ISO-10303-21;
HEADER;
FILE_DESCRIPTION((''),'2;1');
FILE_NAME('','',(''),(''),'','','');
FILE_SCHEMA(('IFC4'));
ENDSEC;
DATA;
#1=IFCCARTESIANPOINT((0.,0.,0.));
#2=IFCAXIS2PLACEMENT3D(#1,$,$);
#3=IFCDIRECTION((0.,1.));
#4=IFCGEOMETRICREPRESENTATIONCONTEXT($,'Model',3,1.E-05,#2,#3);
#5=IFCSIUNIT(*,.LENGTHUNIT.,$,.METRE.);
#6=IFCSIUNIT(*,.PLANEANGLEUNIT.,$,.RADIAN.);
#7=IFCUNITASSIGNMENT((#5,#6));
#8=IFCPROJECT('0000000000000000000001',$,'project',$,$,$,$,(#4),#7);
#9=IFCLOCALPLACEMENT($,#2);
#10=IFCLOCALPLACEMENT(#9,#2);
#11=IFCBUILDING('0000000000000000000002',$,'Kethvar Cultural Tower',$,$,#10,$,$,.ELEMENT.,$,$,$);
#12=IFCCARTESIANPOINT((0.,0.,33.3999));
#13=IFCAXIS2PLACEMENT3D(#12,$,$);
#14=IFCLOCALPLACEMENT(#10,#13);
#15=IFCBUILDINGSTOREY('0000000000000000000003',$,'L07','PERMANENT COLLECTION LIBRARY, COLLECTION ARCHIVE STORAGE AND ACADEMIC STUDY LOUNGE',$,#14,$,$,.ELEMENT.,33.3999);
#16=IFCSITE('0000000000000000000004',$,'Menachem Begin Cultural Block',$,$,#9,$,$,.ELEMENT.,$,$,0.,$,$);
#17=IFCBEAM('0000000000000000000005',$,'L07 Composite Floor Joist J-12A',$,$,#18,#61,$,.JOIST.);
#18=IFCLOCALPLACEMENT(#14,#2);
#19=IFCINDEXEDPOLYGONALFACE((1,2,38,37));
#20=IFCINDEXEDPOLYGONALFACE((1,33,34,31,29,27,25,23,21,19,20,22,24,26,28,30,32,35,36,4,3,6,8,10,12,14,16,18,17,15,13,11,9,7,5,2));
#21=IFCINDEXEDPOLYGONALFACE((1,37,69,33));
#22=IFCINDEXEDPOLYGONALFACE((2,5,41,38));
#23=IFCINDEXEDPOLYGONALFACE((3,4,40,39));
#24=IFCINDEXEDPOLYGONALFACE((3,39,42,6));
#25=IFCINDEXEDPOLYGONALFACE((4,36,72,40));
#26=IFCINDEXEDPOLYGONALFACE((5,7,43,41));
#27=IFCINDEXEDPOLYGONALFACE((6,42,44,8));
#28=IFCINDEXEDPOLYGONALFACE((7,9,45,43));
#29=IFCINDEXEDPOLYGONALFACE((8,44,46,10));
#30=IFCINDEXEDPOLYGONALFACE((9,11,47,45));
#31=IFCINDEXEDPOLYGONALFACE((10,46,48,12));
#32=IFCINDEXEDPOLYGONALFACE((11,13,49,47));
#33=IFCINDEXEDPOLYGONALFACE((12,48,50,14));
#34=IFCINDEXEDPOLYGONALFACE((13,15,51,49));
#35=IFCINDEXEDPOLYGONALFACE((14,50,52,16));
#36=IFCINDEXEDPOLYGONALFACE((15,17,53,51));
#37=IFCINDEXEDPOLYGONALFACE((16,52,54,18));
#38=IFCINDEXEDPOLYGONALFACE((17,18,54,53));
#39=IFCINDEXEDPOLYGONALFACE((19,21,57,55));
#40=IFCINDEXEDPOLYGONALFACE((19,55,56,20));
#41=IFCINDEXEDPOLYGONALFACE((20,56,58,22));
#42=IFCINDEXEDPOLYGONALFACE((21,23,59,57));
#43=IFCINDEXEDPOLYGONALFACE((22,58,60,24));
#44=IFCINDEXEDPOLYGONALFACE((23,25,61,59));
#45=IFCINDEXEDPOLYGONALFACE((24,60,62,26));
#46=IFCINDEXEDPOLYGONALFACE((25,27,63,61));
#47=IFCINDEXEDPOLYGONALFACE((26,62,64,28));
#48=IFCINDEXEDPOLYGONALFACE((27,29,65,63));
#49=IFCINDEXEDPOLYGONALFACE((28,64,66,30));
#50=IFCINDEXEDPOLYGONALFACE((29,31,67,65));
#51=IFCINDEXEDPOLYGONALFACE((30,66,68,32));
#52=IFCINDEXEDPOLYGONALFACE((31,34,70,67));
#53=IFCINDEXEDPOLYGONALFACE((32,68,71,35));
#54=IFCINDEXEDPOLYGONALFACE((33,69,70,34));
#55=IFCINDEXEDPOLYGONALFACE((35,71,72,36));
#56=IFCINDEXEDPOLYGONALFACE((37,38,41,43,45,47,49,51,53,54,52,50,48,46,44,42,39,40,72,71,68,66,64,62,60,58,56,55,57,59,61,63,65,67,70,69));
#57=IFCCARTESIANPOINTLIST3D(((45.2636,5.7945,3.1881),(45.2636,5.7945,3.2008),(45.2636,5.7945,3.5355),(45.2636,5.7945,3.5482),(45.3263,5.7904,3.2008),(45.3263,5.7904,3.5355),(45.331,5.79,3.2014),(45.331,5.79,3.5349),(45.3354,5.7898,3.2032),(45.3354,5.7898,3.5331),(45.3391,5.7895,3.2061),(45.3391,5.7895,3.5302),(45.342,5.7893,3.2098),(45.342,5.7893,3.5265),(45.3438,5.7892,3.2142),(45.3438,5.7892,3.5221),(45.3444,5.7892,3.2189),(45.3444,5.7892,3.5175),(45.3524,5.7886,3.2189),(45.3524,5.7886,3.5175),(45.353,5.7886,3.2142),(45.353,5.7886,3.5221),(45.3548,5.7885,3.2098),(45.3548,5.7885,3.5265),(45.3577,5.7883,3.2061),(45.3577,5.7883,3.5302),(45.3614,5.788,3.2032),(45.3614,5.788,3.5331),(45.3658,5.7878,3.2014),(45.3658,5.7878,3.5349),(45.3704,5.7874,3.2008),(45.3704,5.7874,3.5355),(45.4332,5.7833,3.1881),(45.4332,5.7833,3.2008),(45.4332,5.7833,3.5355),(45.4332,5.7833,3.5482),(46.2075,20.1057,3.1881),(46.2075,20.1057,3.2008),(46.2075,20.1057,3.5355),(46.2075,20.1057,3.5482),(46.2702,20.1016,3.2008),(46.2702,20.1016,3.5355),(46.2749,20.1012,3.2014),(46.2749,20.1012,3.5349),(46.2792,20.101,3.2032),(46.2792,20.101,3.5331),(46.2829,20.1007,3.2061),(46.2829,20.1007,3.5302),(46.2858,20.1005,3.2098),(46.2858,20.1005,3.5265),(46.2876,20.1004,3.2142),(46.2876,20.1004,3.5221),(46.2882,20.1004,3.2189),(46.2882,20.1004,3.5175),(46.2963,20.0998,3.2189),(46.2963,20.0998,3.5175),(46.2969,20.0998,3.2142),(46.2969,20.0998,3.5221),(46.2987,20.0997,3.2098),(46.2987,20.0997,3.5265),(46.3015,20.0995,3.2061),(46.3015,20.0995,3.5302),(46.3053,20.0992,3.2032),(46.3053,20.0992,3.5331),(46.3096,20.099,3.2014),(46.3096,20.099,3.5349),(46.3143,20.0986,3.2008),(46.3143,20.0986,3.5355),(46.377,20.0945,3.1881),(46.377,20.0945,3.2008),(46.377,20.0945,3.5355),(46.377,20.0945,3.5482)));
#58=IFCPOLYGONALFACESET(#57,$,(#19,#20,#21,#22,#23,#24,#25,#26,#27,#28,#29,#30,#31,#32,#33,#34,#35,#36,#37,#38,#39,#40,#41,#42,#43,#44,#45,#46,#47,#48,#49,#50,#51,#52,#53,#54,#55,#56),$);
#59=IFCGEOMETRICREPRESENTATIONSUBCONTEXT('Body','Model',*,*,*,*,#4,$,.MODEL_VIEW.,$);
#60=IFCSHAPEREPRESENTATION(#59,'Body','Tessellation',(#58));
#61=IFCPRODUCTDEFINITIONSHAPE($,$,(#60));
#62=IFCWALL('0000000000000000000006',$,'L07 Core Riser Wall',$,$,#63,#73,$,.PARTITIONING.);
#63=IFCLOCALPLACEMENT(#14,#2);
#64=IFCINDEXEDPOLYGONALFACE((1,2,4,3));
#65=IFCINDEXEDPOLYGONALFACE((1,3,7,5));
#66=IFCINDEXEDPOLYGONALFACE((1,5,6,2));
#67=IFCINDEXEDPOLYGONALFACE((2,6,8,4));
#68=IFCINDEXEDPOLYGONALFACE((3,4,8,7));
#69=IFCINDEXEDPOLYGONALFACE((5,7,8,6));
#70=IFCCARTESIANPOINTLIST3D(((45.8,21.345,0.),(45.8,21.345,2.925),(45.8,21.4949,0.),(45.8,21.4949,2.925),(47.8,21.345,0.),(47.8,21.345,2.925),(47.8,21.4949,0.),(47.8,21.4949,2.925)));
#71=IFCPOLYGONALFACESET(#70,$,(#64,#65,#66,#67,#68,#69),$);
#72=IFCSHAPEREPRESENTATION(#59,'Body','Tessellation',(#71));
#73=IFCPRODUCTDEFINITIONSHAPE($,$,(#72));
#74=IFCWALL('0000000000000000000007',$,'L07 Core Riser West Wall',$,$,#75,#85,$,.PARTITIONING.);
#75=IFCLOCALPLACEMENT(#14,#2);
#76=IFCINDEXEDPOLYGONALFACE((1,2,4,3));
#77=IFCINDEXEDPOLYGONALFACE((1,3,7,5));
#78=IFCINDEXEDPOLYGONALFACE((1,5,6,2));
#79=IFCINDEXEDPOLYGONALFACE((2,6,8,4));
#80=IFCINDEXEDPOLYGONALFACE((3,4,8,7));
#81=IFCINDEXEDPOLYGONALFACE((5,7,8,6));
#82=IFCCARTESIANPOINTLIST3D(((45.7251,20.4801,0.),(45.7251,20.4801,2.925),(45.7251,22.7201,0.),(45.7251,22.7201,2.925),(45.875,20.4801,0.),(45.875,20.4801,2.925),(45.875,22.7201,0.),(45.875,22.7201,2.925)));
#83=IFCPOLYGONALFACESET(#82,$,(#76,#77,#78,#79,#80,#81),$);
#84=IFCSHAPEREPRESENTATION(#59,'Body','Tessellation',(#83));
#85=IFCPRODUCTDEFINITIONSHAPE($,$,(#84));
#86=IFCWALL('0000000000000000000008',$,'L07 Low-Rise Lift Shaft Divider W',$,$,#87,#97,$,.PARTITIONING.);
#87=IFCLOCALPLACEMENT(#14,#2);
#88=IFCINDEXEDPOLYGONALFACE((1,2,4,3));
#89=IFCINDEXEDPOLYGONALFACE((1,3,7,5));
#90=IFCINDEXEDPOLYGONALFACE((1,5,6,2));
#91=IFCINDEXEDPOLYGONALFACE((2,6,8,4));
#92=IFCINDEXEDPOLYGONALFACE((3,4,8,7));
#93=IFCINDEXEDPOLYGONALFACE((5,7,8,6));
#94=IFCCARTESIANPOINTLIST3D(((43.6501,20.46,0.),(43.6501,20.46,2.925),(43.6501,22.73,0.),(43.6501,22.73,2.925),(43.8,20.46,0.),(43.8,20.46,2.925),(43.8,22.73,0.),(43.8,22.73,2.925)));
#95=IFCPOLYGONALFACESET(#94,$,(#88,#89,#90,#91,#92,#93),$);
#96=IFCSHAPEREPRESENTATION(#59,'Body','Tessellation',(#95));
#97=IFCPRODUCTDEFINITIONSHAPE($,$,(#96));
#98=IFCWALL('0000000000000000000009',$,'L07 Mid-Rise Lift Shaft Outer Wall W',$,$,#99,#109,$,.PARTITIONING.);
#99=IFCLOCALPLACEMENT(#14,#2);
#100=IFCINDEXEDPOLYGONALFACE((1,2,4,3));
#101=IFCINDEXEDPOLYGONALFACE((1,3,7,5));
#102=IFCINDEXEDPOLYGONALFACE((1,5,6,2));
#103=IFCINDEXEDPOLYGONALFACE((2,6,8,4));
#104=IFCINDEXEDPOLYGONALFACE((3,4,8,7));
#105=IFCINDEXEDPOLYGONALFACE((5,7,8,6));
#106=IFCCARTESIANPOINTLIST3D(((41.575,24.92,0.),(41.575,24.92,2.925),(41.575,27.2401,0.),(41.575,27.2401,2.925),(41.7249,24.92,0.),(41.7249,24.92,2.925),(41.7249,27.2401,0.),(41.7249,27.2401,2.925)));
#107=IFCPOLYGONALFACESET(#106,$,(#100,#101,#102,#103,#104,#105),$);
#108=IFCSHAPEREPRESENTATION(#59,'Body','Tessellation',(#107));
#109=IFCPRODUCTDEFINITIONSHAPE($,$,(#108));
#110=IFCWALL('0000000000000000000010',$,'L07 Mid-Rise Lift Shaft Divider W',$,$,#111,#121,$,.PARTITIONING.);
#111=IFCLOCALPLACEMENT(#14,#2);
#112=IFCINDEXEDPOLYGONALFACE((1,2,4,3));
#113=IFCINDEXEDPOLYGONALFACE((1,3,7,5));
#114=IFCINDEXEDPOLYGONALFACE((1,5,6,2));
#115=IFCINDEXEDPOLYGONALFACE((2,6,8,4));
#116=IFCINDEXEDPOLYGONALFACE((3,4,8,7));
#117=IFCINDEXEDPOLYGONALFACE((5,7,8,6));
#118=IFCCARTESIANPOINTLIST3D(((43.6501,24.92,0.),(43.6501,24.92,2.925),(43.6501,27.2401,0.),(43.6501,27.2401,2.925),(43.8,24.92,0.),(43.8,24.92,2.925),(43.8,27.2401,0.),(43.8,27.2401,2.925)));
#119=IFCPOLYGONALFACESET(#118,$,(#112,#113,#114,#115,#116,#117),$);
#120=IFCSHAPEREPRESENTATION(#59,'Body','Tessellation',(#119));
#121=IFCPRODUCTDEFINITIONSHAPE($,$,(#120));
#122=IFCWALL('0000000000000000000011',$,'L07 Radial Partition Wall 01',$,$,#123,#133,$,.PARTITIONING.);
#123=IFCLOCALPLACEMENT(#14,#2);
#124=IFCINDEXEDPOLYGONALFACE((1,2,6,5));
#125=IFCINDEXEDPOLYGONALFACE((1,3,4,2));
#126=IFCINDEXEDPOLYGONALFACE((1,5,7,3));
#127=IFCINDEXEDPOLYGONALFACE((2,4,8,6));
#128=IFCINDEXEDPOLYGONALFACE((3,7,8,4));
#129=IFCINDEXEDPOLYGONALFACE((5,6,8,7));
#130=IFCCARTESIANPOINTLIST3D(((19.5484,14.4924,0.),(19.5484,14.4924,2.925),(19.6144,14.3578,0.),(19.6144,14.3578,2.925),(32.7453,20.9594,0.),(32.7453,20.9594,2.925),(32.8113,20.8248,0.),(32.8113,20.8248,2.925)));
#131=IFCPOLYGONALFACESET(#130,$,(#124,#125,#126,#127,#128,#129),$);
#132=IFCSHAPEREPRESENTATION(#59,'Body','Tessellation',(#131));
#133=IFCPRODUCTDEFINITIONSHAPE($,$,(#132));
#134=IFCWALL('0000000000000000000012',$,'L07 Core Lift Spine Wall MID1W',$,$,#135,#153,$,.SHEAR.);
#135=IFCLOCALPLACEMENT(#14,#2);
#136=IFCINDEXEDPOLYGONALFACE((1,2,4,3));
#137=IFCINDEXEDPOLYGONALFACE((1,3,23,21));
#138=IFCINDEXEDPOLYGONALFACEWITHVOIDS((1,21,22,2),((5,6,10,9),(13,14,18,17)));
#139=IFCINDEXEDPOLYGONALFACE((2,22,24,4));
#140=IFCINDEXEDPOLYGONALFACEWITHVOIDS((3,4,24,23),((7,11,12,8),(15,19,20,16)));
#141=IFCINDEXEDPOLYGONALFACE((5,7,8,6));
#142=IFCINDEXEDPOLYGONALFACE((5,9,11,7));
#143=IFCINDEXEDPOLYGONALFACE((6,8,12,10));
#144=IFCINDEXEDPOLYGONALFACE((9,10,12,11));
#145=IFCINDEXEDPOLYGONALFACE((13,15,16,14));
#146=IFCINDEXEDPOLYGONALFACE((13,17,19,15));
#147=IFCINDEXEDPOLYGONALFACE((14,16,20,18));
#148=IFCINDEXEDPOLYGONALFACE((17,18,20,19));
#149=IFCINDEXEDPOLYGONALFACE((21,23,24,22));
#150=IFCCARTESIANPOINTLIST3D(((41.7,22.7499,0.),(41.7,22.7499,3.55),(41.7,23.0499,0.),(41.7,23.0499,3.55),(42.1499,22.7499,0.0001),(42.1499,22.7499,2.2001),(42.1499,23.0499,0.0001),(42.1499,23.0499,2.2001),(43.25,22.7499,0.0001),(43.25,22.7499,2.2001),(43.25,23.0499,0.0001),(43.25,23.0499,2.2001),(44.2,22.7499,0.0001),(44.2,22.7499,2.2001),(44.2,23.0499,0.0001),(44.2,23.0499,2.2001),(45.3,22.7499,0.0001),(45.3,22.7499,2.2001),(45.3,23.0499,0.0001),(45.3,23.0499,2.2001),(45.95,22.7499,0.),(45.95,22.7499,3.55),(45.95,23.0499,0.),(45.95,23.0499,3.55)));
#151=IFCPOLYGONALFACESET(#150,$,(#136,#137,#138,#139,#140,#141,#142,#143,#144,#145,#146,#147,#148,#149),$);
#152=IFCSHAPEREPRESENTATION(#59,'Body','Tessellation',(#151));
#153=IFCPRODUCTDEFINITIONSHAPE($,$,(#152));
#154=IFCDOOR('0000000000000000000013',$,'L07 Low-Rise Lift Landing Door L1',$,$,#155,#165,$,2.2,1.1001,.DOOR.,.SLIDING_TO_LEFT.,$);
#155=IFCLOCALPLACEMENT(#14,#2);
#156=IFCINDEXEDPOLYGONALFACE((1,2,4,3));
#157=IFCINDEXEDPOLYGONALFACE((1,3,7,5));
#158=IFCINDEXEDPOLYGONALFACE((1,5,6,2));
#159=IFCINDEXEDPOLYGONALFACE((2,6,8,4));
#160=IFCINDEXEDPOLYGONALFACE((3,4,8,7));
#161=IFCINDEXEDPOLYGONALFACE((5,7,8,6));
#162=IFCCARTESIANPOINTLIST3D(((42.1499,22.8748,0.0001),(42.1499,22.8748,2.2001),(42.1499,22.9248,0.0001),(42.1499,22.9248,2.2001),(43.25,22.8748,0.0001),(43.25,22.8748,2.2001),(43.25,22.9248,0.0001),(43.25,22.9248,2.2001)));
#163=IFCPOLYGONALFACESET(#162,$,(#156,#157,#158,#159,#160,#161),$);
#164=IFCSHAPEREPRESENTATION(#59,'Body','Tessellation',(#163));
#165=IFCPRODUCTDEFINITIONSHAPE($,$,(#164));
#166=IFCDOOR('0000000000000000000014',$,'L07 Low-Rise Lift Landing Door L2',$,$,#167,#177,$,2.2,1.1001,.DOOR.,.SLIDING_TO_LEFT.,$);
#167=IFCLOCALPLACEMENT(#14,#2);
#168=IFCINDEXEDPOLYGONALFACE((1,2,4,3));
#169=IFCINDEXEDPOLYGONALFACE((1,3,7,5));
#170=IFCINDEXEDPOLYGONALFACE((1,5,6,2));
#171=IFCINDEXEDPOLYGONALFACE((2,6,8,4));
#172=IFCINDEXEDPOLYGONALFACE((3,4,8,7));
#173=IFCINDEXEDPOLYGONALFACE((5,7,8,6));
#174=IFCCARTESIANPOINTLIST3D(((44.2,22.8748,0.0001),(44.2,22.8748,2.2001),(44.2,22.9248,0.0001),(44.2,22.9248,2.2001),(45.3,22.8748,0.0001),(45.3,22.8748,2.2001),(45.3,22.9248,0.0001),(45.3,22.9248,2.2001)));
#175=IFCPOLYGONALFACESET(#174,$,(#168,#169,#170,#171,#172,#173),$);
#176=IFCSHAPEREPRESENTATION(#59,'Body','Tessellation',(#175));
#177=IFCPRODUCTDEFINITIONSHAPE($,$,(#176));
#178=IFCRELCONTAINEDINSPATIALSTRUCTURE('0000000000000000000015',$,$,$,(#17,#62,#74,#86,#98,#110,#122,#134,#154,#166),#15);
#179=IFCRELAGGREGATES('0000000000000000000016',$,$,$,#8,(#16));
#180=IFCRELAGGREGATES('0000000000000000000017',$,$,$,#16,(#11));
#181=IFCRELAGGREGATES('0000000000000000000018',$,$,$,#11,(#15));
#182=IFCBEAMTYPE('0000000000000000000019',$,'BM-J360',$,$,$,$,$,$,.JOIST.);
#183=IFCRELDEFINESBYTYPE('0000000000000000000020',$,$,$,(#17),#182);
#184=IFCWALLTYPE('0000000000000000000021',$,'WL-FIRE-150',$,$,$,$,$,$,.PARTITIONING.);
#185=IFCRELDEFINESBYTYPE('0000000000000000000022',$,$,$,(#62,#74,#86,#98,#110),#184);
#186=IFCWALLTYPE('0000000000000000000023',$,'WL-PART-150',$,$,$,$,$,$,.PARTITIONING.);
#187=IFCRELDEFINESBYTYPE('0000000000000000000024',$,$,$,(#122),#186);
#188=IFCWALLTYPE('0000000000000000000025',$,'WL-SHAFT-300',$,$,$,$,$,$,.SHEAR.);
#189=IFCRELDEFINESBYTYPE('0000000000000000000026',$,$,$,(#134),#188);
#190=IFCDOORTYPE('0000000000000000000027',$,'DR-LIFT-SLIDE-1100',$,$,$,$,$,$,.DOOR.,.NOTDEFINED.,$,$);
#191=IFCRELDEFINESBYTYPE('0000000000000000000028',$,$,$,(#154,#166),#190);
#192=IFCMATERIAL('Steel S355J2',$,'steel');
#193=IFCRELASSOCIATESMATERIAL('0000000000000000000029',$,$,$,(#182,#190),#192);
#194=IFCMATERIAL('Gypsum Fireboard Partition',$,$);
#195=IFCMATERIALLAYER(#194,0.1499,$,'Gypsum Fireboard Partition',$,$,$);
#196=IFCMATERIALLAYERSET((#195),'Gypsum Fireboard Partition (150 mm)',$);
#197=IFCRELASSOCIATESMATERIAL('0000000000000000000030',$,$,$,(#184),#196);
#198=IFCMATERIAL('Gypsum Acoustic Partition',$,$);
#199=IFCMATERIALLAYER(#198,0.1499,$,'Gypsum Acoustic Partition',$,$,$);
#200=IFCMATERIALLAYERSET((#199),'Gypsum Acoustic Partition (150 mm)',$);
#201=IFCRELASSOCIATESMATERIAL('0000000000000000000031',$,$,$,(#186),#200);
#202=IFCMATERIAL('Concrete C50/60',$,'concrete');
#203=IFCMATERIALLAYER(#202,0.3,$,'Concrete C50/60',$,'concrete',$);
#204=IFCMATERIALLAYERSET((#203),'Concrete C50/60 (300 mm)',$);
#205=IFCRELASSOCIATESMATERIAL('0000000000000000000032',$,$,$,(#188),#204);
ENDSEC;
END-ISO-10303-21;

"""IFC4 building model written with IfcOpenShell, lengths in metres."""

from ifc_helpers import new_model, si_unit, direction, frame, frame_2d, origin, origin_2d, place, context, subcontext, project, spatial, rectangle, i_section, extrude, source, transform, mapped, material, layer, layer_set, material_profile, profile_set, type_object, element, fill, save


model = new_model("IFC4")

# Units and contexts
model_context = context("Model", 3, precision=1e-05, world=origin(), true_north=direction((0.0, 1.0)))
body_context = subcontext(model_context, "Body", "Model", "MODEL_VIEW")
ifc_project = project(units=[si_unit("LENGTHUNIT", "METRE"), si_unit("PLANEANGLEUNIT", "RADIAN")], contexts=[model_context])

# Site, building, storey
site_placement = place(None, origin())
site = spatial("IfcSite", under=ifc_project, at=site_placement, Name="Menachem Begin Cultural Block", CompositionType="ELEMENT", RefElevation=0.0)
building_placement = place(site_placement, origin())
building = spatial("IfcBuilding", under=site, at=building_placement, Name="Kethvar Cultural Tower", CompositionType="ELEMENT")
storey_placement = place(building_placement, frame((0.0, 0.0, 33.3999)))
storey = spatial("IfcBuildingStorey", under=building, at=storey_placement, Name="L07", Description="PERMANENT COLLECTION LIBRARY, COLLECTION ARCHIVE STORAGE AND ACADEMIC STUDY LOUNGE", CompositionType="ELEMENT", Elevation=33.3999)

# Beam
ifc_material_1 = material(Name="Steel S355J2", Category="steel")
ifc_material_profile_1 = material_profile(ifc_material_1, i_section(OverallWidth=0.1699, OverallDepth=0.3601, WebThickness=0.0081, FlangeThickness=0.0127, FilletRadius=0.0181, at=origin_2d()), Name="Steel S355J2 — IPE360")
ifc_profile_set_1 = profile_set([ifc_material_profile_1], Name="Steel S355J2 — IPE360")
beam_type_1 = type_object("IfcBeamType", Name="BM-J360", PredefinedType="JOIST", material=ifc_profile_set_1)
shared_shape_1 = source(origin(), body_context, "Body", "SweptSolid", [
    extrude(i_section(OverallWidth=0.1699, OverallDepth=0.3601, WebThickness=0.0081, FlangeThickness=0.0127, FilletRadius=0.0181, at=origin_2d()), origin(), (0.0, 0.0, 1.0), 14.3423),
])
beam_1_placement = place(storey_placement, frame((46.2922, 20.1001, 3.3682), z_axis=(-0.065808, -0.997832, 0.0), x_axis=(0.997832, -0.065808, 0.0)))
element("IfcBeam", 1, at=beam_1_placement, inside=storey, type_object=beam_type_1, Name="L07 Composite Floor Joist J-12A", PredefinedType="JOIST", context=body_context, shape_type="MappedRepresentation", body=[
    mapped(shared_shape_1, transform((0.0, 0.0, 0.0), scale=1.0)),
])

# Walls
ifc_material_2 = material(Name="Gypsum Fireboard Partition")
ifc_layer_1 = layer(ifc_material_2, 0.1499, Name="Gypsum Fireboard Partition")
ifc_layer_set_1 = layer_set([ifc_layer_1], Name="Gypsum Fireboard Partition (150 mm)")
wall_type_1 = type_object("IfcWallType", Name="WL-FIRE-150", PredefinedType="PARTITIONING", material=ifc_layer_set_1)
wall_1_placement = place(storey_placement, frame((45.8, 21.4199, 0.0), z_axis=(0.0, 0.0, 1.0), x_axis=(1.0, 0.0, 0.0)))
element("IfcWall", 2, at=wall_1_placement, inside=storey, type_object=wall_type_1, Name="L07 Core Riser Wall", PredefinedType="PARTITIONING", context=body_context, shape_type="SweptSolid", body=[
    extrude(rectangle(XDim=2.0, YDim=0.1499, at=frame_2d((1.0, 0.0))), origin(), (0.0, 0.0, 1.0), 2.925),
])
wall_2_placement = place(storey_placement, frame((45.8, 20.48, 0.0), z_axis=(0.0, 0.0, 1.0), x_axis=(0.0, 1.0, 0.0)))
element("IfcWall", 3, at=wall_2_placement, inside=storey, type_object=wall_type_1, Name="L07 Core Riser West Wall", PredefinedType="PARTITIONING", context=body_context, shape_type="SweptSolid", body=[
    extrude(rectangle(XDim=2.24, YDim=0.1499, at=frame_2d((1.1201, 0.0))), origin(), (0.0, 0.0, 1.0), 2.925),
])
wall_3_placement = place(storey_placement, frame((43.7251, 20.46, 0.0), z_axis=(0.0, 0.0, 1.0), x_axis=(0.0, 1.0, 0.0)))
element("IfcWall", 4, at=wall_3_placement, inside=storey, type_object=wall_type_1, Name="L07 Low-Rise Lift Shaft Divider W", PredefinedType="PARTITIONING", context=body_context, shape_type="SweptSolid", body=[
    extrude(rectangle(XDim=2.27, YDim=0.1499, at=frame_2d((1.135, 0.0))), origin(), (0.0, 0.0, 1.0), 2.925),
])
for number, where, z_axis, x_axis, name in (
    (5, (41.6499, 24.9199, 0.0), (0.0, 0.0, 1.0), (0.0, 1.0, 0.0), "L07 Mid-Rise Lift Shaft Outer Wall W"),
    (6, (43.7251, 24.9199, 0.0), (0.0, 0.0, 1.0), (0.0, 1.0, 0.0), "L07 Mid-Rise Lift Shaft Divider W"),
):
    element("IfcWall", number, at=place(storey_placement, frame(where, z_axis=z_axis, x_axis=x_axis)), inside=storey, type_object=wall_type_1, Name=name, PredefinedType="PARTITIONING", context=body_context, shape_type="SweptSolid", body=[
        extrude(rectangle(XDim=2.3201, YDim=0.1499, at=frame_2d((1.1602, 0.0))), origin(), (0.0, 0.0, 1.0), 2.925),
    ])
ifc_material_3 = material(Name="Gypsum Acoustic Partition")
ifc_layer_2 = layer(ifc_material_3, 0.1499, Name="Gypsum Acoustic Partition")
ifc_layer_set_2 = layer_set([ifc_layer_2], Name="Gypsum Acoustic Partition (150 mm)")
wall_type_2 = type_object("IfcWallType", Name="WL-PART-150", PredefinedType="PARTITIONING", material=ifc_layer_set_2)
wall_4_placement = place(storey_placement, frame((32.7783, 20.8921, 0.0), z_axis=(0.0, 0.0, 1.0), x_axis=(-0.897977, -0.440043, 0.0)))
element("IfcWall", 7, at=wall_4_placement, inside=storey, type_object=wall_type_2, Name="L07 Radial Partition Wall 01", PredefinedType="PARTITIONING", context=body_context, shape_type="SweptSolid", body=[
    extrude(rectangle(XDim=14.6963, YDim=0.1499, at=frame_2d((7.3481, 0.0))), origin(), (0.0, 0.0, 1.0), 2.925),
])

# Wall, openings, doors
ifc_material_4 = material(Name="Concrete C50/60", Category="concrete")
ifc_layer_3 = layer(ifc_material_4, 0.3, Name="Concrete C50/60", Category="concrete")
ifc_layer_set_3 = layer_set([ifc_layer_3], Name="Concrete C50/60 (300 mm)")
wall_type_3 = type_object("IfcWallType", Name="WL-SHAFT-300", PredefinedType="SHEAR", material=ifc_layer_set_3)
wall_5_placement = place(storey_placement, frame((41.7, 22.8999, 0.0), z_axis=(0.0, 0.0, 1.0), x_axis=(1.0, 0.0, 0.0)))
wall_5 = element("IfcWall", 8, at=wall_5_placement, inside=storey, type_object=wall_type_3, Name="L07 Core Lift Spine Wall MID1W", PredefinedType="SHEAR", context=body_context, shape_type="SweptSolid", body=[
    extrude(rectangle(XDim=4.25, YDim=0.3, at=frame_2d((2.125, 0.0))), origin(), (0.0, 0.0, 1.0), 3.55),
])
opening_1_placement = place(wall_5_placement, frame((0.45, 0.0, 0.0)))
opening_1 = element("IfcOpeningElement", 9, at=opening_1_placement, cuts=wall_5, PredefinedType="OPENING", context=body_context, shape_type="SweptSolid", body=[
    extrude(rectangle(XDim=1.1001, YDim=2.2, at=frame_2d((0.55, 1.1001))), frame((0.0, 0.1599, 0.0), z_axis=(0.0, -1.0, 0.0), x_axis=(1.0, 0.0, 0.0)), (0.0, 0.0, 1.0), 0.3201),
])
opening_2_placement = place(wall_5_placement, frame((2.5, 0.0, 0.0)))
opening_2 = element("IfcOpeningElement", 10, at=opening_2_placement, cuts=wall_5, PredefinedType="OPENING", context=body_context, shape_type="SweptSolid", body=[
    extrude(rectangle(XDim=1.1001, YDim=2.2, at=frame_2d((0.55, 1.1001))), frame((0.0, 0.1599, 0.0), z_axis=(0.0, -1.0, 0.0), x_axis=(1.0, 0.0, 0.0)), (0.0, 0.0, 1.0), 0.3201),
])
door_type = type_object("IfcDoorType", Name="DR-LIFT-SLIDE-1100", OperationType="NOTDEFINED", PredefinedType="DOOR", material=ifc_material_1)
shared_shape_2 = source(origin(), body_context, "Body", "SweptSolid", [
    extrude(rectangle(XDim=1.1001, YDim=2.2, at=frame_2d((0.55, 1.1001))), frame((0.0, 0.0249, 0.0), z_axis=(0.0, -1.0, 0.0), x_axis=(1.0, 0.0, 0.0)), (0.0, 0.0, 1.0), 0.05),
])
door_1_placement = place(opening_1_placement, origin())
door_1 = element("IfcDoor", 11, at=door_1_placement, inside=storey, type_object=door_type, Name="L07 Low-Rise Lift Landing Door L1", OperationType="SLIDING_TO_LEFT", OverallHeight=2.2, OverallWidth=1.1001, PredefinedType="DOOR", context=body_context, shape_type="MappedRepresentation", body=[
    mapped(shared_shape_2, transform((0.0, 0.0, 0.0), scale=1.0)),
])
fill(opening_1, door_1)
door_2_placement = place(opening_2_placement, origin())
door_2 = element("IfcDoor", 12, at=door_2_placement, inside=storey, type_object=door_type, Name="L07 Low-Rise Lift Landing Door L2", OperationType="SLIDING_TO_LEFT", OverallHeight=2.2, OverallWidth=1.1001, PredefinedType="DOOR", context=body_context, shape_type="MappedRepresentation", body=[
    mapped(shared_shape_2, transform((0.0, 0.0, 0.0), scale=1.0)),
])
fill(opening_2, door_2)

save(model, "model.ifc")
